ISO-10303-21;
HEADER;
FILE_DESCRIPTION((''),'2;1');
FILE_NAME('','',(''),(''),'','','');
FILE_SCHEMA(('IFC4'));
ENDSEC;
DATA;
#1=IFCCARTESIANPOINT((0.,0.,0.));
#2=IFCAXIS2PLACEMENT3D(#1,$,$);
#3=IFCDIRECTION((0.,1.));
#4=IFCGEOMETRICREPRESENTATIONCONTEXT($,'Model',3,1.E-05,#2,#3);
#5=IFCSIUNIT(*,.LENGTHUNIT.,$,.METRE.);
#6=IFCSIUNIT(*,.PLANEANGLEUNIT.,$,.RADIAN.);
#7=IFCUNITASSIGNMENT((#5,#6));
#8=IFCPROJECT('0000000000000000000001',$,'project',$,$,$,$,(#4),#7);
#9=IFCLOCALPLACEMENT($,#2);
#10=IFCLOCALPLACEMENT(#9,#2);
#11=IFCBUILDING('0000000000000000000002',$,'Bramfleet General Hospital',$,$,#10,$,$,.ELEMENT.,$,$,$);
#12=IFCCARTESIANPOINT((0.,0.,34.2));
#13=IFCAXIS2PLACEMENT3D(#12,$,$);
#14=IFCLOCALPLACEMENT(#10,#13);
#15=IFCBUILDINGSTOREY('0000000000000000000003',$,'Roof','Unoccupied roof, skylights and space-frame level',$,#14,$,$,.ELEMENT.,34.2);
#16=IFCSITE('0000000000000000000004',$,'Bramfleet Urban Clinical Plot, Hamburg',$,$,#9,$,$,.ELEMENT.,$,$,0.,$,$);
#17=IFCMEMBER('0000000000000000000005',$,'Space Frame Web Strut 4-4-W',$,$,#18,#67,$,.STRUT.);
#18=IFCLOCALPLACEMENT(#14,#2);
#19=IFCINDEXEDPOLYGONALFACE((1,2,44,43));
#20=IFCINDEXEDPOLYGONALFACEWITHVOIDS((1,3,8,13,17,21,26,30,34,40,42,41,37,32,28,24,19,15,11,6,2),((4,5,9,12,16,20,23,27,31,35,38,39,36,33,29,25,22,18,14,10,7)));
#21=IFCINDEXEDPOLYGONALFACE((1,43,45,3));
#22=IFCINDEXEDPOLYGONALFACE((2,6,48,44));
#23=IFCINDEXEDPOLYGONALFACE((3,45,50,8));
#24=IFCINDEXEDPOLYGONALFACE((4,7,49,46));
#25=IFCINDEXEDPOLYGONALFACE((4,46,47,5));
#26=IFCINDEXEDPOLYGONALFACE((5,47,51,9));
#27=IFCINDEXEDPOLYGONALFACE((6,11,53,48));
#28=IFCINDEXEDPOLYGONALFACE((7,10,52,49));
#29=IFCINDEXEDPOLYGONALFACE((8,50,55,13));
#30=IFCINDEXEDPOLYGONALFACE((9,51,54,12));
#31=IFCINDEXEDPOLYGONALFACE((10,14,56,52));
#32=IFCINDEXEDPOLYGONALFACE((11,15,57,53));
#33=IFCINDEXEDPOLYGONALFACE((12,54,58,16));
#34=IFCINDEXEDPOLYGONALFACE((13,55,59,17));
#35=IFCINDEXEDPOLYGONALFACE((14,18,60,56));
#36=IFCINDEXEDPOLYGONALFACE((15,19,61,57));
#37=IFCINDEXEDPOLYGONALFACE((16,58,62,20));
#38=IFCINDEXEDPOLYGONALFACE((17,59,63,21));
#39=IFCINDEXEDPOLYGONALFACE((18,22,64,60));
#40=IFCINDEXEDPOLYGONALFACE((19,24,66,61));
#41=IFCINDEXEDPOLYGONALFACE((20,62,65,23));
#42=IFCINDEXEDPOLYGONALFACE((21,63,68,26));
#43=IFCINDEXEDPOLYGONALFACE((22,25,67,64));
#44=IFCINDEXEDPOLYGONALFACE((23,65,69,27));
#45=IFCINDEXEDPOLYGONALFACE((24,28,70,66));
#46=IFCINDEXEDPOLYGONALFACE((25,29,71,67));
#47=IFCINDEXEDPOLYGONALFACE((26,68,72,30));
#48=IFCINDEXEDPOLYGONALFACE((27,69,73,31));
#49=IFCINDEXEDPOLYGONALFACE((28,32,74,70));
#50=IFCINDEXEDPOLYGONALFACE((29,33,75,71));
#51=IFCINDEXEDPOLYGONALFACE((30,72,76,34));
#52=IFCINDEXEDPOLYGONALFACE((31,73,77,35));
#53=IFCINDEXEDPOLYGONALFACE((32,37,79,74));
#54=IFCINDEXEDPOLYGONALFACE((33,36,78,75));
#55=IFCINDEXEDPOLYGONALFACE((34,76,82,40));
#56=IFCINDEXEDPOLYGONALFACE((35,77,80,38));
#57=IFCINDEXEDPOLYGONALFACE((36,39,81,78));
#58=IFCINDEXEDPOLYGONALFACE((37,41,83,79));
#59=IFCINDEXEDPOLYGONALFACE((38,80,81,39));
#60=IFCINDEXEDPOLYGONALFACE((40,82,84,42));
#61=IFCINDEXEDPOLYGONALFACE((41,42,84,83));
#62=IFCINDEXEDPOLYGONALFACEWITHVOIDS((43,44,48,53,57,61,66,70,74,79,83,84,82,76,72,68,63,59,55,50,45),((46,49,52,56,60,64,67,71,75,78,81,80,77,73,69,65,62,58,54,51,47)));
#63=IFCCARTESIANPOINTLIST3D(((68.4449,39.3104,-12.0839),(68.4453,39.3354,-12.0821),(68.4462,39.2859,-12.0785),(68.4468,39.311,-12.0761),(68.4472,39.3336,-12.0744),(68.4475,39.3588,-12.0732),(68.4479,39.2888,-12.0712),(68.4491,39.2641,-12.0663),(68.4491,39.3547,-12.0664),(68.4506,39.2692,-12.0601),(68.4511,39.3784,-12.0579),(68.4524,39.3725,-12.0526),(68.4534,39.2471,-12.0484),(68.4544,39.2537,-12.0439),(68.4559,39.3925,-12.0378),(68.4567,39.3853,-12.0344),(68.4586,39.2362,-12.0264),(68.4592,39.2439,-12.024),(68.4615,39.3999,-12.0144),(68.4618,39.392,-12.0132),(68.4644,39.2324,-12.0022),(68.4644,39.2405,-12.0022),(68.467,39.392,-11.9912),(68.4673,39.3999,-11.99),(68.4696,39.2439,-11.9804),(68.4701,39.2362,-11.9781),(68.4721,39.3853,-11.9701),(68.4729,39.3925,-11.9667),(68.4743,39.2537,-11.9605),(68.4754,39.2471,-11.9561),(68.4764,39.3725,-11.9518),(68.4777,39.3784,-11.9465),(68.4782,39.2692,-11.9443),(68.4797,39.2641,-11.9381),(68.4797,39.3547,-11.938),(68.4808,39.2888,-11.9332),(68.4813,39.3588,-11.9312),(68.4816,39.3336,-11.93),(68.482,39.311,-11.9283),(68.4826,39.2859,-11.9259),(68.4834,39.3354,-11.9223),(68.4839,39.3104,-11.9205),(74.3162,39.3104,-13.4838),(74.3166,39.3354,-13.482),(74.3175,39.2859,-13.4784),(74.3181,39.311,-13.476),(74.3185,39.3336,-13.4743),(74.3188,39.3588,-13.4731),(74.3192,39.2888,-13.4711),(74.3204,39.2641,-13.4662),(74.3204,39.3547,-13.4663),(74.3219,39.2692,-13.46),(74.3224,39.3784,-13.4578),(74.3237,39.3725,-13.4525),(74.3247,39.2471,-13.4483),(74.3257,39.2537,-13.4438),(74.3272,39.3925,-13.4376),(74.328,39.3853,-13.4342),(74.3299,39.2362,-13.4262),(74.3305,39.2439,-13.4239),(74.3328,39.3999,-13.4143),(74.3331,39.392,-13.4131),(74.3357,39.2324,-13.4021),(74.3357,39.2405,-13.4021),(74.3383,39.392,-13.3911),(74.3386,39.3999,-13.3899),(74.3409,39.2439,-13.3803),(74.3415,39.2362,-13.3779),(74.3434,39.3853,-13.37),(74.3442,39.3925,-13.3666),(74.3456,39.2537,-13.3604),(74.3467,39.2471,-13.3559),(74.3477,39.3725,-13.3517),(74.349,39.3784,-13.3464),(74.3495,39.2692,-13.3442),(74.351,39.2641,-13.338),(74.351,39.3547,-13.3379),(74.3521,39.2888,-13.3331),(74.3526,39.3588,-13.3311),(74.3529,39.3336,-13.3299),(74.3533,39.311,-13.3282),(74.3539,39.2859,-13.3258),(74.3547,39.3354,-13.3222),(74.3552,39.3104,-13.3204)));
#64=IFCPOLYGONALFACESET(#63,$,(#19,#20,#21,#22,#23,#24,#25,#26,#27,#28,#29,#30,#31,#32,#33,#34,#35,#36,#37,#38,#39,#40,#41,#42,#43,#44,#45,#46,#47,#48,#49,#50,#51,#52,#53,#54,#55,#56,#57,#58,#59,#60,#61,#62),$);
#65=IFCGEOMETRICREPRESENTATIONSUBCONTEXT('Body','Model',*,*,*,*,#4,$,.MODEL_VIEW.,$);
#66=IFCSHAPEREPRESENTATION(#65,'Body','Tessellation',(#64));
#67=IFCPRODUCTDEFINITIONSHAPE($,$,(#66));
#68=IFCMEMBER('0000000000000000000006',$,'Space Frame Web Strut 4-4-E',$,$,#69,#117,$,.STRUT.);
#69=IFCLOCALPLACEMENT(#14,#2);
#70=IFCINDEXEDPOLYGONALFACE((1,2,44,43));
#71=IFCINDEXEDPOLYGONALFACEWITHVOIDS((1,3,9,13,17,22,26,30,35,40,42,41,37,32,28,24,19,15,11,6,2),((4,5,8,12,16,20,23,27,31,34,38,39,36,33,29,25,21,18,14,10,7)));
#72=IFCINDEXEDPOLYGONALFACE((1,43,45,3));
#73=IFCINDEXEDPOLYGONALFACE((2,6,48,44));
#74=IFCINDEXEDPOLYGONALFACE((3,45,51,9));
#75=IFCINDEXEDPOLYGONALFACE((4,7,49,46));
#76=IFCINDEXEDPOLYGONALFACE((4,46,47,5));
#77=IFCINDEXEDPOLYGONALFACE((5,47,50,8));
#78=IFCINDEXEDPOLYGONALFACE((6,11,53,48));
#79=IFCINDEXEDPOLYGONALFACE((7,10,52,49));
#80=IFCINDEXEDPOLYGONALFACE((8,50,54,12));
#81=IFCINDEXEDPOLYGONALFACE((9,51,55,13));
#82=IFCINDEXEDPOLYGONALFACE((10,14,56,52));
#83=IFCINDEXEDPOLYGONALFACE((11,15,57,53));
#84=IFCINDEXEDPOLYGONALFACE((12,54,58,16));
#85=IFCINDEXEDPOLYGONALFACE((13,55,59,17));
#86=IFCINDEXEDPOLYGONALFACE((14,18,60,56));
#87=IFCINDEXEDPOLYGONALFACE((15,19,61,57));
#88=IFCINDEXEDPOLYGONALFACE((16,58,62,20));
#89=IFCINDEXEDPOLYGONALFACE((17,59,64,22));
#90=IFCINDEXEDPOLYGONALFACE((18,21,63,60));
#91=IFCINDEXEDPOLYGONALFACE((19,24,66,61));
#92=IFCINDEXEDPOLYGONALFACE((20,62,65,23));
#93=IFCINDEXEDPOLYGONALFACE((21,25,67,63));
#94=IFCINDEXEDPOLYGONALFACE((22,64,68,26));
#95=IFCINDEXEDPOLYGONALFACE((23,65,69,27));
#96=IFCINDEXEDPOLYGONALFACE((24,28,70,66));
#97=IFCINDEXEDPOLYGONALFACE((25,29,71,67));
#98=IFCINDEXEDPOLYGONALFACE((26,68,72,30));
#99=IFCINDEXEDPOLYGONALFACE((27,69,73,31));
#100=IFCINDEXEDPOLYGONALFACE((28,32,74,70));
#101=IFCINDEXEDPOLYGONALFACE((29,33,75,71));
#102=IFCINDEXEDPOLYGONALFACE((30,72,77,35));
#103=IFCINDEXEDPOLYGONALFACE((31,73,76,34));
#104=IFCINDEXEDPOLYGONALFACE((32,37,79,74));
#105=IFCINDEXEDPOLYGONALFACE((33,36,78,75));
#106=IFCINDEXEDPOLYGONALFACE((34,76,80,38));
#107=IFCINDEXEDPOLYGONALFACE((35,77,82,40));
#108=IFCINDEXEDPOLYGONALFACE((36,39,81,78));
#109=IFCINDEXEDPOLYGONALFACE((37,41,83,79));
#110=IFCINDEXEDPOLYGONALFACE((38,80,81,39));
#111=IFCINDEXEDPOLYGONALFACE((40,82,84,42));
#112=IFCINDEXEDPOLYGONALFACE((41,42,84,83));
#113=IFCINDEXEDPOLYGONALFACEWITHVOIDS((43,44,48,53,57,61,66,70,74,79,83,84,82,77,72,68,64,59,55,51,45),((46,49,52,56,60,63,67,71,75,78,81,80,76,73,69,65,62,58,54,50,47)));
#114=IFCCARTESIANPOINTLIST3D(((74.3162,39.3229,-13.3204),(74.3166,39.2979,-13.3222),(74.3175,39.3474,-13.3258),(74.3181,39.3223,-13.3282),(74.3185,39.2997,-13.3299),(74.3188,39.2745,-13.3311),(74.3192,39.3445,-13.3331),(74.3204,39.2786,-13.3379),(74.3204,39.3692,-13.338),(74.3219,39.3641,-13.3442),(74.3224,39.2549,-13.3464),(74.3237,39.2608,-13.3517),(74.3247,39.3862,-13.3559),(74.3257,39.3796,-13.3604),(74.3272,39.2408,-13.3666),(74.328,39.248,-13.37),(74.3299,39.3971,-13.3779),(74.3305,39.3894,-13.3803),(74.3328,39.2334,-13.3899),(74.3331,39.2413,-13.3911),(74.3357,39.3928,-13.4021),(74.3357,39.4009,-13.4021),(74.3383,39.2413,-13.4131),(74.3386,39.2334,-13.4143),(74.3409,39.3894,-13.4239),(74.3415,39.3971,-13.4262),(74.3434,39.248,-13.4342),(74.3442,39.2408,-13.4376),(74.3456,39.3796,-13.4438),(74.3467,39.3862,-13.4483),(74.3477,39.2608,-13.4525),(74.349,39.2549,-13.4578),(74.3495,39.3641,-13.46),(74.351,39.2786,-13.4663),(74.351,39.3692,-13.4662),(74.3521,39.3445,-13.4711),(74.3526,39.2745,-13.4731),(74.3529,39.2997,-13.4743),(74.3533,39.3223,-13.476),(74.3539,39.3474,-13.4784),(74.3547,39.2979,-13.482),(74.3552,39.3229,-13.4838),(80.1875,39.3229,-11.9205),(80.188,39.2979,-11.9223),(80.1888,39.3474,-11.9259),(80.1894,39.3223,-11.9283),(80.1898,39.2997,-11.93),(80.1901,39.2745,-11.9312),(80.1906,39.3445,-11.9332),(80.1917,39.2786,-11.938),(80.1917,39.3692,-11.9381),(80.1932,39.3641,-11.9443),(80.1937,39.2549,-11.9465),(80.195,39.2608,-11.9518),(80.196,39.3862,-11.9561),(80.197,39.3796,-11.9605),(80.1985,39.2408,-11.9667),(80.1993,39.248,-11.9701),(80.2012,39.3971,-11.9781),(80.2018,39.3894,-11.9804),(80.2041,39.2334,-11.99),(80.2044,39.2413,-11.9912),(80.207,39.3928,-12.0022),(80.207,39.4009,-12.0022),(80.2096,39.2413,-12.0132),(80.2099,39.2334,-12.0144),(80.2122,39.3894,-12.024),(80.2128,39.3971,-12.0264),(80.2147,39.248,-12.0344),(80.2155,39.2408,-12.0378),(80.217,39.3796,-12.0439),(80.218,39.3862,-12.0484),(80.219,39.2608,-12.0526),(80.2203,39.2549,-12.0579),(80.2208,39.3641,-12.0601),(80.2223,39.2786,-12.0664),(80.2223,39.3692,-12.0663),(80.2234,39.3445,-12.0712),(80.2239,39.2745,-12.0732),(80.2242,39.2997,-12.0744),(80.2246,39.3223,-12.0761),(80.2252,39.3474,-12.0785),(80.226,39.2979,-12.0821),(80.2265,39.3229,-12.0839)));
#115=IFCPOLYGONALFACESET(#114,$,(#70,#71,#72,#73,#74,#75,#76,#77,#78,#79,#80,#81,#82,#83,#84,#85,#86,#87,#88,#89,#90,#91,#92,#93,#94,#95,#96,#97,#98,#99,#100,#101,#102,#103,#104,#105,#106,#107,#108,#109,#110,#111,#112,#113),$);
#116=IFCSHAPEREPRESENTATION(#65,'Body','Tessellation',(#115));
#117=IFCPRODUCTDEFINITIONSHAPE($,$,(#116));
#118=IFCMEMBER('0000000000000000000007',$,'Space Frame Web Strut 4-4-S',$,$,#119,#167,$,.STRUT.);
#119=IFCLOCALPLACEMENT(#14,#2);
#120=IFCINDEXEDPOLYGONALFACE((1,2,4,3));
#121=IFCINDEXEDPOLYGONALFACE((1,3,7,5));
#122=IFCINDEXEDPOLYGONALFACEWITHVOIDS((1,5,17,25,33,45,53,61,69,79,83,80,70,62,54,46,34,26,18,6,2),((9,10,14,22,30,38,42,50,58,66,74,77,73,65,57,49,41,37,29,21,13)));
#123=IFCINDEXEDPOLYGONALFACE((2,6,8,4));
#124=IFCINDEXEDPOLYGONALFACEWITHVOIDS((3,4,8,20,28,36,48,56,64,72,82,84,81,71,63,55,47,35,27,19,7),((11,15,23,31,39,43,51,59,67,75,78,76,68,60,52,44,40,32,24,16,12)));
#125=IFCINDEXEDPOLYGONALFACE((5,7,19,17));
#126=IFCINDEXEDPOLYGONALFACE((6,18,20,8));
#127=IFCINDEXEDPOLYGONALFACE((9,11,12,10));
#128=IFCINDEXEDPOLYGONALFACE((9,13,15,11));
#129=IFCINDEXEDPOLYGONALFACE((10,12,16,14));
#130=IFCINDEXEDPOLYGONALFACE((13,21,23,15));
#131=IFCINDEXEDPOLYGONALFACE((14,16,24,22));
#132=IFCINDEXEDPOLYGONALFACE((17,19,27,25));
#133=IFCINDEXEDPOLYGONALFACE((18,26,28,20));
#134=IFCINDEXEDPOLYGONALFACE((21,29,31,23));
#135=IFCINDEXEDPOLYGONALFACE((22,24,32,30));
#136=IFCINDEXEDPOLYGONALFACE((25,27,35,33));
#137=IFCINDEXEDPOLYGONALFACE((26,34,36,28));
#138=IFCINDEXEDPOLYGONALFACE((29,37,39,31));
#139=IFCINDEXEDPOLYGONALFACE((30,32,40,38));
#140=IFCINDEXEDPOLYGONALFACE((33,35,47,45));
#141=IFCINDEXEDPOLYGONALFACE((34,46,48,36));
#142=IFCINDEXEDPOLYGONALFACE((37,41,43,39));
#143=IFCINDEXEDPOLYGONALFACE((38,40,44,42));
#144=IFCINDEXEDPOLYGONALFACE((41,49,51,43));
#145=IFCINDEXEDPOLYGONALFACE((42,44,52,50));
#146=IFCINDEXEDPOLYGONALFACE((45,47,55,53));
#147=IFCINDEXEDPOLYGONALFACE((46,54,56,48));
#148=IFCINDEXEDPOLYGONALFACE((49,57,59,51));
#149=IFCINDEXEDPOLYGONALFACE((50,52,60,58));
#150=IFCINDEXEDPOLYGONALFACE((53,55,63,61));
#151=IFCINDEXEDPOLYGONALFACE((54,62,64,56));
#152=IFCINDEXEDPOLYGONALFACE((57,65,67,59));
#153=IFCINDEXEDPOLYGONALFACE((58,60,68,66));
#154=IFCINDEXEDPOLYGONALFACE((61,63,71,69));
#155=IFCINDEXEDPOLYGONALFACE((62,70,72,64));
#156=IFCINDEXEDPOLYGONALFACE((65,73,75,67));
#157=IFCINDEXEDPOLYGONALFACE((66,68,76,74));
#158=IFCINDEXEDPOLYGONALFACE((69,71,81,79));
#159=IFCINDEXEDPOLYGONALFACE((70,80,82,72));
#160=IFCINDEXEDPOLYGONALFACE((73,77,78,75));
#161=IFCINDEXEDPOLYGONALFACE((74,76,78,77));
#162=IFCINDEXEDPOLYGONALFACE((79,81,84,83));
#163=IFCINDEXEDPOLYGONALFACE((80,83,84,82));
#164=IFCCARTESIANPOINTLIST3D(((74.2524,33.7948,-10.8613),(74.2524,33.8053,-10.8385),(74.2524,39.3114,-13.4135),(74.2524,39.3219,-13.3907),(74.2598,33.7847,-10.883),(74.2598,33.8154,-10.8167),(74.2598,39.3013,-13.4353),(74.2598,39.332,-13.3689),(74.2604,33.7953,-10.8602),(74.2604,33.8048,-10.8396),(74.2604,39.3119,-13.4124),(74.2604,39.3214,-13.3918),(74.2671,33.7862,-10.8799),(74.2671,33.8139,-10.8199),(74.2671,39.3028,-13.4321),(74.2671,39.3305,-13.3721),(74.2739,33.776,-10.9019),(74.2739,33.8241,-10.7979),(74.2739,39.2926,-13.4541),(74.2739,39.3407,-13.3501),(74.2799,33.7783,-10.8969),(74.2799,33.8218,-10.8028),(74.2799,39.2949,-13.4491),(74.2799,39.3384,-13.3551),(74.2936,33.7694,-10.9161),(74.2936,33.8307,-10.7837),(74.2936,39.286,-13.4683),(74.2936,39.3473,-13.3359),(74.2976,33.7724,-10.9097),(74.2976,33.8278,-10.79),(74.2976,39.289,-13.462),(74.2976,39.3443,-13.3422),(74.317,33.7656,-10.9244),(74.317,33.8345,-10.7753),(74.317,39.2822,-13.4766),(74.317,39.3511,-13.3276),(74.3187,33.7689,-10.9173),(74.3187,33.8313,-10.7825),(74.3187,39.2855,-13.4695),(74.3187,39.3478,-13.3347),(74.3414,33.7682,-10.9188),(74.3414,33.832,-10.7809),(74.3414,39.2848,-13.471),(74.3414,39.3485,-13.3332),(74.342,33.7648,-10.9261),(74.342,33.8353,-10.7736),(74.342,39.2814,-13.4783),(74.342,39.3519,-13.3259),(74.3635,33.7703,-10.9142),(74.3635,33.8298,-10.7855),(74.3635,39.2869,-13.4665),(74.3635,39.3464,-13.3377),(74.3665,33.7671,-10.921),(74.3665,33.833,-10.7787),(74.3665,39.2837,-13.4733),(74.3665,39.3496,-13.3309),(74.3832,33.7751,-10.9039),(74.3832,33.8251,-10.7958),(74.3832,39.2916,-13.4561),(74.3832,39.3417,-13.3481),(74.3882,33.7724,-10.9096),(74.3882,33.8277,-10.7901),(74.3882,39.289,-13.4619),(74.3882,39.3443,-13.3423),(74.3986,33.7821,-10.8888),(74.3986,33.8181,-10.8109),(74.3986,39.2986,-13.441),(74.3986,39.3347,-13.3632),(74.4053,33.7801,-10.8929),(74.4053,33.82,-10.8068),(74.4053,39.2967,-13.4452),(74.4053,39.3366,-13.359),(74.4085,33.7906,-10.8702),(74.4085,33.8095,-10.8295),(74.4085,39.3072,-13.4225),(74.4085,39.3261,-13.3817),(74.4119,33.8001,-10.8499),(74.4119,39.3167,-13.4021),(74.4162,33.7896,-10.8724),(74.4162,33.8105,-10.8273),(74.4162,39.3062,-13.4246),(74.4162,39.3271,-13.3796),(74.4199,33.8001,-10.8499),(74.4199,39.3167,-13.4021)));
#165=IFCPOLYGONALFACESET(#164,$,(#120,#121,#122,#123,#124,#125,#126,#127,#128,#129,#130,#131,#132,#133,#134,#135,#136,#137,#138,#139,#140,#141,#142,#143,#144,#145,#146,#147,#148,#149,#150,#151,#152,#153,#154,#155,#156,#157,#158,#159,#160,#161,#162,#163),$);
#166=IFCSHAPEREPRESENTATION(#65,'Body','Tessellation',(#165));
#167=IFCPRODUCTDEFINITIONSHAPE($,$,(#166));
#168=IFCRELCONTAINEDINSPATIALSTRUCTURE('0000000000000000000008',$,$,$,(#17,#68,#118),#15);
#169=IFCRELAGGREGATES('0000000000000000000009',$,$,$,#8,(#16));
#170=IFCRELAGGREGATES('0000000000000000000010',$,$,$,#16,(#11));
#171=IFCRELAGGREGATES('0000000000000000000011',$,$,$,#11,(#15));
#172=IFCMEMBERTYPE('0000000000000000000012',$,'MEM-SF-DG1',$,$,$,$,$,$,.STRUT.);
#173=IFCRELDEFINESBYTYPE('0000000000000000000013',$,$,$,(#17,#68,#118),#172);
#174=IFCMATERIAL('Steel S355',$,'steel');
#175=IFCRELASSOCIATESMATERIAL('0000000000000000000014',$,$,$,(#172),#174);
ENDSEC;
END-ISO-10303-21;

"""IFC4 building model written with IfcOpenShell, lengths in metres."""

from ifc_helpers import new_model, si_unit, direction, frame, origin, origin_2d, place, context, subcontext, project, spatial, hollow_circle, extrude, material, material_profile, profile_set, type_object, element, save


model = new_model("IFC4")

# Units and contexts
model_context = context("Model", 3, precision=1e-05, world=origin(), true_north=direction((0.0, 1.0)))
body_context = subcontext(model_context, "Body", "Model", "MODEL_VIEW")
ifc_project = project(units=[si_unit("LENGTHUNIT", "METRE"), si_unit("PLANEANGLEUNIT", "RADIAN")], contexts=[model_context])

# Site, building, storey
site_placement = place(None, origin())
site = spatial("IfcSite", under=ifc_project, at=site_placement, Name="Bramfleet Urban Clinical Plot, Hamburg", CompositionType="ELEMENT", RefElevation=0.0)
building_placement = place(site_placement, origin())
building = spatial("IfcBuilding", under=site, at=building_placement, Name="Bramfleet General Hospital", CompositionType="ELEMENT")
storey_placement = place(building_placement, frame((0.0, 0.0, 34.2)))
storey = spatial("IfcBuildingStorey", under=building, at=storey_placement, Name="Roof", Description="Unoccupied roof, skylights and space-frame level", CompositionType="ELEMENT", Elevation=34.2)

# Members
ifc_material = material(Name="Steel S355", Category="steel")
ifc_material_profile_1 = material_profile(ifc_material, hollow_circle(Radius=0.0842, WallThickness=0.0081, at=origin_2d()), Name="CHS 168.3x8.0")
ifc_profile_set_1 = profile_set([ifc_material_profile_1], Name="Steel S355")
member_type_1 = type_object("IfcMemberType", Name="MEM-SF-DG1", PredefinedType="STRUT", material=ifc_profile_set_1)
for number, where, z_axis, x_axis, name in (
    (1, (74.3357, 39.3167, -13.4021), (-0.972733, 0.0, 0.231929), (0.0, -1.0, 0.0), "Space Frame Web Strut 4-4-W"),
    (2, (74.3357, 39.3167, -13.4021), (0.972733, 0.0, 0.231929), (0.0, 1.0, 0.0), "Space Frame Web Strut 4-4-E"),
):
    element("IfcMember", number, at=place(storey_placement, frame(where, z_axis=z_axis, x_axis=x_axis)), inside=storey, type_object=member_type_1, Name=name, PredefinedType="STRUT", context=body_context, shape_type="SweptSolid", body=[
        extrude(hollow_circle(Radius=0.0842, WallThickness=0.0081, at=origin_2d()), origin(), (0.0, 0.0, 1.0), 6.0359),
    ])
member_1_placement = place(storey_placement, frame((74.3357, 39.3167, -13.4021), z_axis=(0.0, -0.907576, 0.419888), x_axis=(1.0, 0.0, 0.0)))
element("IfcMember", 3, at=member_1_placement, inside=storey, type_object=member_type_1, Name="Space Frame Web Strut 4-4-S", PredefinedType="STRUT", context=body_context, shape_type="SweptSolid", body=[
    extrude(hollow_circle(Radius=0.0842, WallThickness=0.0081, at=origin_2d()), origin(), (0.0, 0.0, 1.0), 6.0784),
])

save(model, "model.ifc")
